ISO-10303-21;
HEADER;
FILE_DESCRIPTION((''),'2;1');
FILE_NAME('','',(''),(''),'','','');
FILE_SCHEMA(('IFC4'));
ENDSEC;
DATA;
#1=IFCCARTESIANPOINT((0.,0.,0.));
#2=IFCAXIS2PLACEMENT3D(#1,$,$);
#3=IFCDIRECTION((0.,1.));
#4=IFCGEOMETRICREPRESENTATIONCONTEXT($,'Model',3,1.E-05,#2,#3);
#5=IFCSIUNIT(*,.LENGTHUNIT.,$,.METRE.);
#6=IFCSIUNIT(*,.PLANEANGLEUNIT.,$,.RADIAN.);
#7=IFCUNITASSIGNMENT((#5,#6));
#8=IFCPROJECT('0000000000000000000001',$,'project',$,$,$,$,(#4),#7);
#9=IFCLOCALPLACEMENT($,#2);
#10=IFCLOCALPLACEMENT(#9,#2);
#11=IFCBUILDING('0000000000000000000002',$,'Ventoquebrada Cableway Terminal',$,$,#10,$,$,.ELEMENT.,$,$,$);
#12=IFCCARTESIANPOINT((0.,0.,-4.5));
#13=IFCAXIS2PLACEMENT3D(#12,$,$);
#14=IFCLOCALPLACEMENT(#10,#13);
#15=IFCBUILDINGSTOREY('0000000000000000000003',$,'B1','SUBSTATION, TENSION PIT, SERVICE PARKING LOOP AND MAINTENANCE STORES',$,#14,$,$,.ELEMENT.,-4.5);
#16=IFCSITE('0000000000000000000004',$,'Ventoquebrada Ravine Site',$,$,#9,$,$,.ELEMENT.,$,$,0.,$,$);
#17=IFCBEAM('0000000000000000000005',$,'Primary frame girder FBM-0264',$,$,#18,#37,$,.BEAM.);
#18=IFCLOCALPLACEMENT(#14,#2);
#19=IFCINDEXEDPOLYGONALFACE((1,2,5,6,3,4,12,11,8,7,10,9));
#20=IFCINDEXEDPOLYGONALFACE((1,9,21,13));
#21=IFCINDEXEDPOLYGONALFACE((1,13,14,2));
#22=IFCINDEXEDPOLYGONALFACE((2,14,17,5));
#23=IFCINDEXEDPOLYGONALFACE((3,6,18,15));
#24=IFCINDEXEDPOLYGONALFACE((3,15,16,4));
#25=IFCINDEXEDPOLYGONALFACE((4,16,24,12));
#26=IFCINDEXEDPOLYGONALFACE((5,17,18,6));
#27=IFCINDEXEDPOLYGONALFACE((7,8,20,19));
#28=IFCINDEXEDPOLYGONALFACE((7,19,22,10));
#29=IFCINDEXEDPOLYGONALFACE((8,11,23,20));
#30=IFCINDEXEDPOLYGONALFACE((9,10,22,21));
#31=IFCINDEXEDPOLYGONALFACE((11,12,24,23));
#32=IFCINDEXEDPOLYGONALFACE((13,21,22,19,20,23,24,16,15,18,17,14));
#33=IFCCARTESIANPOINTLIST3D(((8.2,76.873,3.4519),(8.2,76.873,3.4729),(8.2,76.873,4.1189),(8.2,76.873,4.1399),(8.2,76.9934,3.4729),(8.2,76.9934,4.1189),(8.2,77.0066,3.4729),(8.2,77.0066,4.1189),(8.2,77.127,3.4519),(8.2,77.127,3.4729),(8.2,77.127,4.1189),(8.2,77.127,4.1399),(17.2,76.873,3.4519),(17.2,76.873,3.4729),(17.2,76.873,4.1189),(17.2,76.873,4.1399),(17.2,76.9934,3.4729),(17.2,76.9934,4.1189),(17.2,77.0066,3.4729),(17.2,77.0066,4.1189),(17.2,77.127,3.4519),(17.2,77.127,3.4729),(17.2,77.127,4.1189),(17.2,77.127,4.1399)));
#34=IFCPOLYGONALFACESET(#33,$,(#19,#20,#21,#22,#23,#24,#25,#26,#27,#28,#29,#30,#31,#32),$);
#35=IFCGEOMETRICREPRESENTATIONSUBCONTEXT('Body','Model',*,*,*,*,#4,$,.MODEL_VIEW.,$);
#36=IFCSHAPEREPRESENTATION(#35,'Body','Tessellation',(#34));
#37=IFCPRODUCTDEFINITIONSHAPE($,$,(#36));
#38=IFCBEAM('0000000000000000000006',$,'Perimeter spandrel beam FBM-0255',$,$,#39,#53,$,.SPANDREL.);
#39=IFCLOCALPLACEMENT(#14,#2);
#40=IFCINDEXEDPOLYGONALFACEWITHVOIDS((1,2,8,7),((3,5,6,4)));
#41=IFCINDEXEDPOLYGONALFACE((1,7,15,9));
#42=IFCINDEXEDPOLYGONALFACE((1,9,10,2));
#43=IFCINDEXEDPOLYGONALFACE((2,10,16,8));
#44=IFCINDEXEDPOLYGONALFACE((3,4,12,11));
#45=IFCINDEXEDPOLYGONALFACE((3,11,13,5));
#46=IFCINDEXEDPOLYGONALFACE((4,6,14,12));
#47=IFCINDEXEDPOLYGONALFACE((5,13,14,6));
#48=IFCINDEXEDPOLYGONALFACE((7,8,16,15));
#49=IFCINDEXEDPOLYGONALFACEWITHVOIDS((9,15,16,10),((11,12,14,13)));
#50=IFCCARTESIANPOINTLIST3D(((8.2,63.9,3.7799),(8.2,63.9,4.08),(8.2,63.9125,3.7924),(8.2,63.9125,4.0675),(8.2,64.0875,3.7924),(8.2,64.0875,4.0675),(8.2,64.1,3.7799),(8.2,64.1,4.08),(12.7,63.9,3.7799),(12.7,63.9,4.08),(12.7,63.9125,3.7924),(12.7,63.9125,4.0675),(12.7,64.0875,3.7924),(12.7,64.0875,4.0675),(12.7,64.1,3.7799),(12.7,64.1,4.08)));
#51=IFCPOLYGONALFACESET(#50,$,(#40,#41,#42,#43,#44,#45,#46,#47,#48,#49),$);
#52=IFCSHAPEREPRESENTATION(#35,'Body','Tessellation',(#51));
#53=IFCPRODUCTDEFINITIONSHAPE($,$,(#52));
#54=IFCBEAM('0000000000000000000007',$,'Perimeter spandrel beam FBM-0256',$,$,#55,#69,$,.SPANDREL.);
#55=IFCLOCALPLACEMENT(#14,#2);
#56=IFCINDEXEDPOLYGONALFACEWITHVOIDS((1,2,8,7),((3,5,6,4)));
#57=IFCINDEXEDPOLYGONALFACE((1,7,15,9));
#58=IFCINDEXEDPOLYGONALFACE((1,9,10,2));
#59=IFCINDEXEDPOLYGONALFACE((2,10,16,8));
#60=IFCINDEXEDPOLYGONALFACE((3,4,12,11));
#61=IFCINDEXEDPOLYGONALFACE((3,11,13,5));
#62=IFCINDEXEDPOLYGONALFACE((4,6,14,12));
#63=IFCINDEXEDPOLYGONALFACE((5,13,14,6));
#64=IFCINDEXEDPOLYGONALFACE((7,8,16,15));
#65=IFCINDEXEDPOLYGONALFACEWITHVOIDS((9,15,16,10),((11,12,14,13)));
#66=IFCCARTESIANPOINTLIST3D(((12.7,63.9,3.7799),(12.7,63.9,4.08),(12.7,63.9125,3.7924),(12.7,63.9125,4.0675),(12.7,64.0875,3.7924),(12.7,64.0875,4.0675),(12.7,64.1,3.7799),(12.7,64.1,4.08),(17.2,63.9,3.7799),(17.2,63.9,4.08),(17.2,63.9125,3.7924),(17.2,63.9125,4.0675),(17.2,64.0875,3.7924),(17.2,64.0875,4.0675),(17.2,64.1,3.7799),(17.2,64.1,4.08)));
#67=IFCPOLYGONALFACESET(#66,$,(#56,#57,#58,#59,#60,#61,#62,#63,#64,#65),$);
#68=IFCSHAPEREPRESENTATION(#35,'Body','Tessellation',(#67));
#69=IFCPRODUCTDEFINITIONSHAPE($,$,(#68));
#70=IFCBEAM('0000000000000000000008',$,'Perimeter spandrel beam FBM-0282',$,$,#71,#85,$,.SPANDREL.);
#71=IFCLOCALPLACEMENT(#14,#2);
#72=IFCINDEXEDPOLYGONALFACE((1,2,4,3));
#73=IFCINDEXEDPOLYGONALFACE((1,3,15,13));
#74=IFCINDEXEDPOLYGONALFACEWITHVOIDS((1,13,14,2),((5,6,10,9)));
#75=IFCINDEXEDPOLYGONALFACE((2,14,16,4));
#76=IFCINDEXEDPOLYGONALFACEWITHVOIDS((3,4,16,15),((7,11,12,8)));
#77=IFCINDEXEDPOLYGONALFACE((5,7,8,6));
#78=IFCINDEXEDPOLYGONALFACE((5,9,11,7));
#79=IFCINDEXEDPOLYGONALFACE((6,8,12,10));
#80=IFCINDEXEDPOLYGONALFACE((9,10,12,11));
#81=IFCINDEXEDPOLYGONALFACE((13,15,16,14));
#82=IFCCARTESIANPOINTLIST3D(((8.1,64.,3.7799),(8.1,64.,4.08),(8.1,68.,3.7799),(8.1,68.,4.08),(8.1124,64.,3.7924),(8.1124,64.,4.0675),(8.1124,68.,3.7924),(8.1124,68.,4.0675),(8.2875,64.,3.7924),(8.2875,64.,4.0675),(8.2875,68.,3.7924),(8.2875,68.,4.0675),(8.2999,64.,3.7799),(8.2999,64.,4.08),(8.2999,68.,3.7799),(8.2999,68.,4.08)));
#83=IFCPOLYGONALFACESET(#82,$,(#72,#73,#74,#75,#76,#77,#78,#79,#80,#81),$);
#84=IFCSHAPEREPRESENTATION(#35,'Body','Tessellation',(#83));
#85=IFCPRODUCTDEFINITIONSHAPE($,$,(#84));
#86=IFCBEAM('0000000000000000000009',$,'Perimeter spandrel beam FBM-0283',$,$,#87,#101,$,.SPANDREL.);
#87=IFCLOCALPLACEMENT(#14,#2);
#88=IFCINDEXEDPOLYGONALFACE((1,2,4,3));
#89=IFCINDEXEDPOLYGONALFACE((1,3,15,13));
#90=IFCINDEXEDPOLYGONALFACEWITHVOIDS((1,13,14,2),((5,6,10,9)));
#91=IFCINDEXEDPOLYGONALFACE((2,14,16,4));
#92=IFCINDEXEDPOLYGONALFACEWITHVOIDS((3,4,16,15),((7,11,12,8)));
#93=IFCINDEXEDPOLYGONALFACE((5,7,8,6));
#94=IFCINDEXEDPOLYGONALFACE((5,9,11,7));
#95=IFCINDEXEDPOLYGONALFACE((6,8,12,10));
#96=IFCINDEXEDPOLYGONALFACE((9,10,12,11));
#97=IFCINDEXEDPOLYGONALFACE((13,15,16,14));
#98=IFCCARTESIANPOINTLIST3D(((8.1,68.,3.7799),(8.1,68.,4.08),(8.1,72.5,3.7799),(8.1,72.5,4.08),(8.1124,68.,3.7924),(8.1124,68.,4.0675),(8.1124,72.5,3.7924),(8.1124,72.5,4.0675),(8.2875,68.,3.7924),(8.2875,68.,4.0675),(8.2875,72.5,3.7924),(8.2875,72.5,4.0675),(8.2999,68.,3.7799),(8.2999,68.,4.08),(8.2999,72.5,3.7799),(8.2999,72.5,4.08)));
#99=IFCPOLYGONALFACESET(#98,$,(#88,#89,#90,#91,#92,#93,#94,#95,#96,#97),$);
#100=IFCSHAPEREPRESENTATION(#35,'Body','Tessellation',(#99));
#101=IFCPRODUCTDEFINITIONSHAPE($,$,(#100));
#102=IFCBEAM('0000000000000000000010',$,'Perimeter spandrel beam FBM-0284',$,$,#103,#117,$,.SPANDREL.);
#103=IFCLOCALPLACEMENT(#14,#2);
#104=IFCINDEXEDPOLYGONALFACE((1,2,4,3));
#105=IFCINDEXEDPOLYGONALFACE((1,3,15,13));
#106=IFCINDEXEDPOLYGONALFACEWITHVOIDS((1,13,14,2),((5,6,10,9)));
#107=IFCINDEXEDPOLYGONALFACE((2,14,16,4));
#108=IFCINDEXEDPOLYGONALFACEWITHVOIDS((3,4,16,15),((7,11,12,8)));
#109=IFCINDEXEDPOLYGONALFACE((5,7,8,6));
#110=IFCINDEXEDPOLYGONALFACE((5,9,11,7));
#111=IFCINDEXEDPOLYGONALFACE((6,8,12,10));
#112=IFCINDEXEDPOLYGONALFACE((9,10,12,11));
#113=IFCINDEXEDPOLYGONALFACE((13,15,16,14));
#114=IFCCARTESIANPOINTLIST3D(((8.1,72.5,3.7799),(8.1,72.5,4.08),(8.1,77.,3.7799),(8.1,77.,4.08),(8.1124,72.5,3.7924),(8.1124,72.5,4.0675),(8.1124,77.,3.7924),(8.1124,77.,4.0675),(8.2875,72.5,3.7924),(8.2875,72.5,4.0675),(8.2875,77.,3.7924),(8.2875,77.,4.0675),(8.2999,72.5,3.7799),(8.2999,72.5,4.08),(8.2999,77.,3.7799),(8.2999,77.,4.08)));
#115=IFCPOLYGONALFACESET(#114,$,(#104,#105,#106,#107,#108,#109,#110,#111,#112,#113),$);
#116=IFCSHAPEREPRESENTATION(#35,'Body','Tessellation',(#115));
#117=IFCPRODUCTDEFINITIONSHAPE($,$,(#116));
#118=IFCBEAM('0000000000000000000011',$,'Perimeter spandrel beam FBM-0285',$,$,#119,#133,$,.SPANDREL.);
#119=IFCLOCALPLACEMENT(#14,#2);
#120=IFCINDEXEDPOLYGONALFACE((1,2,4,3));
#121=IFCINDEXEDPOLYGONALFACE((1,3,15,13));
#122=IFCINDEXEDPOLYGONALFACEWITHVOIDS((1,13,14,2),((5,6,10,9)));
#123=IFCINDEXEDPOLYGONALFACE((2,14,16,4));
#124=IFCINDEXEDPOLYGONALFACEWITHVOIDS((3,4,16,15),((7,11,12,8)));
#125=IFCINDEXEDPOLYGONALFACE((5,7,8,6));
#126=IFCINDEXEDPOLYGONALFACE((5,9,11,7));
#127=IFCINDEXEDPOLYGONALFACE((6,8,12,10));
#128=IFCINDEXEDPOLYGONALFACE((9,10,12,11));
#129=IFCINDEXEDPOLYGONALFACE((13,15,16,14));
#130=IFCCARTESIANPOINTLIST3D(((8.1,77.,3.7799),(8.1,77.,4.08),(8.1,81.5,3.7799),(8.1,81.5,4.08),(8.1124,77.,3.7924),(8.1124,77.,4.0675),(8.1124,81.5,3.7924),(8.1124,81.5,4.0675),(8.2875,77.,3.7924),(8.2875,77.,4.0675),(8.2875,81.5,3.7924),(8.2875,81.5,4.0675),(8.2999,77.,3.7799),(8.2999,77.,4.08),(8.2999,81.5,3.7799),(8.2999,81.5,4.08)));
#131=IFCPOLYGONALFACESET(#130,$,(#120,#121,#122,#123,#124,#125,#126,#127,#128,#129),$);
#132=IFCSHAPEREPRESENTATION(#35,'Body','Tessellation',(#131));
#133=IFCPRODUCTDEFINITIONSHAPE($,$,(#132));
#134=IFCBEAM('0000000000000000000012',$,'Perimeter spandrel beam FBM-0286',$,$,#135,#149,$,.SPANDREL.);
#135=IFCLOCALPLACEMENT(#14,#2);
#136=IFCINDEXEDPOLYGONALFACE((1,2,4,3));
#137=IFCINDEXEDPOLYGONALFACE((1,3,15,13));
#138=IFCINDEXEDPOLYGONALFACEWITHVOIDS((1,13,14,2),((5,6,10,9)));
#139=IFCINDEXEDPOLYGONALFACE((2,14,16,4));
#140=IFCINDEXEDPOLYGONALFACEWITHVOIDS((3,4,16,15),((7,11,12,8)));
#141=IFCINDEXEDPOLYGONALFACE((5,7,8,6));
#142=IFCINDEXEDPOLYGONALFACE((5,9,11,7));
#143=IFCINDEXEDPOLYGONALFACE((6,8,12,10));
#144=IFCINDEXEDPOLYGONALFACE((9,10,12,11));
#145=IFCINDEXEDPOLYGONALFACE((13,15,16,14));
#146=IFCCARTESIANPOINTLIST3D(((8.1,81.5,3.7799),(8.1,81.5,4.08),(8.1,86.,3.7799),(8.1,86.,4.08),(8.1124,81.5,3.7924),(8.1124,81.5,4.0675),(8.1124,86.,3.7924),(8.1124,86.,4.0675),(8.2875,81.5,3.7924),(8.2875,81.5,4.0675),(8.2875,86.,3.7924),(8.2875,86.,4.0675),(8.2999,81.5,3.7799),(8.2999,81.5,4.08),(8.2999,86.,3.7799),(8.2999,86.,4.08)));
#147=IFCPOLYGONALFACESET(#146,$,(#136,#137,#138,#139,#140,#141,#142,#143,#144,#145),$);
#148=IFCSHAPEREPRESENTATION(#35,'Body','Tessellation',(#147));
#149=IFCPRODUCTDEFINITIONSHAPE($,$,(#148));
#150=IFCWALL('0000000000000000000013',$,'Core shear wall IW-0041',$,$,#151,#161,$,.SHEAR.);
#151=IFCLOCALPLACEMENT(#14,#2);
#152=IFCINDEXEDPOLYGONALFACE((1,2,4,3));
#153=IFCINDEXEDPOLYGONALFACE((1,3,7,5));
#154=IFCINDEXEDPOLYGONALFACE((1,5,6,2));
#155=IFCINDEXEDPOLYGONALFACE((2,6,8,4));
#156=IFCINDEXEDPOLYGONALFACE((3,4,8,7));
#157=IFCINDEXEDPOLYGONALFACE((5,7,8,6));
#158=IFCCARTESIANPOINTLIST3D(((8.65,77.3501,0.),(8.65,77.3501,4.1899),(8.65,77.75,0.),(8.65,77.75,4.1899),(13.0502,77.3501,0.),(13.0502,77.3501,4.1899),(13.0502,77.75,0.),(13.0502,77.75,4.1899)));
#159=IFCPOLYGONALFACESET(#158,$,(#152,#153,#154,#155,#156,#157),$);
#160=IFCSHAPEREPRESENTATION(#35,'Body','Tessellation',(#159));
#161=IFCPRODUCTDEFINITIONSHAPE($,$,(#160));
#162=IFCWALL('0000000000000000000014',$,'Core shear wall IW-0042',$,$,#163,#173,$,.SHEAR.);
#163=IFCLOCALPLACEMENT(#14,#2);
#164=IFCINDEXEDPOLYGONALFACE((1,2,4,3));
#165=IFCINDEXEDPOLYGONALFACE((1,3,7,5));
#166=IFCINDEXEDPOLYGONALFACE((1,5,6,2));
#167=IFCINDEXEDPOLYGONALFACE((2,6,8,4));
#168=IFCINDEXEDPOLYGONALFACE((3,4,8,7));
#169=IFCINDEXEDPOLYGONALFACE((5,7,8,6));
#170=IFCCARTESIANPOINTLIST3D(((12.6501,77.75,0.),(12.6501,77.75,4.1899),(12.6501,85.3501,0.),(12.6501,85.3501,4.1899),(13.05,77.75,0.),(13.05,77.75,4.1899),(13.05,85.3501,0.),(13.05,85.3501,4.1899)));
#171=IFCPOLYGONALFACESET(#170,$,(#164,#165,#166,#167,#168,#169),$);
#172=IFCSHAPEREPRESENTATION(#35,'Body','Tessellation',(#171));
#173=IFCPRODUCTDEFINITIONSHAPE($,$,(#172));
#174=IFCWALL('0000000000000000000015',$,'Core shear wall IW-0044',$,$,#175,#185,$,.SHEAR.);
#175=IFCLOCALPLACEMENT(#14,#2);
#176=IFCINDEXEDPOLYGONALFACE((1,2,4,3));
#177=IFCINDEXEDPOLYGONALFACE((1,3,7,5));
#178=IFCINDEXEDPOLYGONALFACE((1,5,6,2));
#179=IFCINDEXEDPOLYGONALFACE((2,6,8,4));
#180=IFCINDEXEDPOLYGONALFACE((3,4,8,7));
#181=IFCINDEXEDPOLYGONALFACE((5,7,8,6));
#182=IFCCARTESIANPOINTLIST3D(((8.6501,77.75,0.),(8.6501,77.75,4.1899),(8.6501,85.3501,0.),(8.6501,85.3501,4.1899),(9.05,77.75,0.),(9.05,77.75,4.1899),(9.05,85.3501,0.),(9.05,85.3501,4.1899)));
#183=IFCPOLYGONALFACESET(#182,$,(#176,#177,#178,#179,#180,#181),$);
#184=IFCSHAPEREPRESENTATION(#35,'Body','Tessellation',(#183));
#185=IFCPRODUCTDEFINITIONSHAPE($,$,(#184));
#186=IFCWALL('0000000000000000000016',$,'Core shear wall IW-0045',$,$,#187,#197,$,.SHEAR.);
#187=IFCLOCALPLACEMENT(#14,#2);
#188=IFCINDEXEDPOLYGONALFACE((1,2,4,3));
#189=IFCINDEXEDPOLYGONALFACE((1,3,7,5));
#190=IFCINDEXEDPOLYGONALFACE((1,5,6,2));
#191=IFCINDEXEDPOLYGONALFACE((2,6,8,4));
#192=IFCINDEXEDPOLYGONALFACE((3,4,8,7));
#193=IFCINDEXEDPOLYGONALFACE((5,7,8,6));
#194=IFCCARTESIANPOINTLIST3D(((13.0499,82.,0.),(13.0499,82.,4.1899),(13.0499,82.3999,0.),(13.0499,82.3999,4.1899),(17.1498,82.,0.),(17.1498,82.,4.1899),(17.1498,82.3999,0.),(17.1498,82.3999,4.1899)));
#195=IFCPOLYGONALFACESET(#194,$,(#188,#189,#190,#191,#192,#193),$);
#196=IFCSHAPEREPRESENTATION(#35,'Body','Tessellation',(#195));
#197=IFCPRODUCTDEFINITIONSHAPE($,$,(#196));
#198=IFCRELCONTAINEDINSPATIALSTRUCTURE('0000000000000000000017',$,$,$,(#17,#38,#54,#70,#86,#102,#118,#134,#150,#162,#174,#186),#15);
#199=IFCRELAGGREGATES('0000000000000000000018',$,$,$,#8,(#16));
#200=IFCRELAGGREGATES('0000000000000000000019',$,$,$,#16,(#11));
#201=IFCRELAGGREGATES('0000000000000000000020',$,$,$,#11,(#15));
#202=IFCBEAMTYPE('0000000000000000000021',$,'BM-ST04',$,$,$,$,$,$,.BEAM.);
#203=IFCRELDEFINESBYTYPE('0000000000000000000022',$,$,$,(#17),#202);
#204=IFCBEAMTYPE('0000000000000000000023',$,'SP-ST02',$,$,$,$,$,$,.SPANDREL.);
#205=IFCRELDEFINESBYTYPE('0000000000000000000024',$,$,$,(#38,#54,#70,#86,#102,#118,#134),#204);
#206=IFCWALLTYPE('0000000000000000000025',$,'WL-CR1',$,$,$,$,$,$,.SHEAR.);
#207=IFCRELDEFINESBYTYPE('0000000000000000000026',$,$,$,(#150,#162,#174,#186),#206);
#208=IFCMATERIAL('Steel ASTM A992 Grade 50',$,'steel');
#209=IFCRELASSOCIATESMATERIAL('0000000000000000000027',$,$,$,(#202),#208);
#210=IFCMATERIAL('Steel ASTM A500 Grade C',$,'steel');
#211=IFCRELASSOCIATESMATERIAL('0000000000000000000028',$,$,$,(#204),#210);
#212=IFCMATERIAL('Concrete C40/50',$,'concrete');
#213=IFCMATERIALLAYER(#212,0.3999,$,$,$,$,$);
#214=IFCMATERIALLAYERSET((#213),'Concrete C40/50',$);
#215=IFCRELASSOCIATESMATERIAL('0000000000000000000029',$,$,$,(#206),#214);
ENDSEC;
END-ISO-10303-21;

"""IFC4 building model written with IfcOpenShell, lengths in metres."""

from ifc_helpers import new_model, si_unit, direction, frame, frame_2d, origin, origin_2d, place, context, subcontext, project, spatial, rectangle, hollow_rectangle, i_section, extrude, material, layer, layer_set, material_profile, profile_set, type_object, element, save


model = new_model("IFC4")

# Units and contexts
model_context = context("Model", 3, precision=1e-05, world=origin(), true_north=direction((0.0, 1.0)))
body_context = subcontext(model_context, "Body", "Model", "MODEL_VIEW")
ifc_project = project(units=[si_unit("LENGTHUNIT", "METRE"), si_unit("PLANEANGLEUNIT", "RADIAN")], contexts=[model_context])

# Site, building, storey
site_placement = place(None, origin())
site = spatial("IfcSite", under=ifc_project, at=site_placement, Name="Ventoquebrada Ravine Site", CompositionType="ELEMENT", RefElevation=0.0)
building_placement = place(site_placement, origin())
building = spatial("IfcBuilding", under=site, at=building_placement, Name="Ventoquebrada Cableway Terminal", CompositionType="ELEMENT")
storey_placement = place(building_placement, frame((0.0, 0.0, -4.5)))
storey = spatial("IfcBuildingStorey", under=building, at=storey_placement, Name="B1", Description="SUBSTATION, TENSION PIT, SERVICE PARKING LOOP AND MAINTENANCE STORES", CompositionType="ELEMENT", Elevation=-4.5)

# Shared definitions
ifc_material_1 = material(Name="Concrete C40/50", Category="concrete")

# Beams
ifc_material_2 = material(Name="Steel ASTM A992 Grade 50", Category="steel")
ifc_material_profile_1 = material_profile(ifc_material_2, i_section(OverallWidth=0.2539, OverallDepth=0.688, WebThickness=0.0132, FlangeThickness=0.021, at=origin_2d()), Name="W27X102")
ifc_profile_set_1 = profile_set([ifc_material_profile_1], Name="Steel ASTM A992 Grade 50")
beam_type_1 = type_object("IfcBeamType", Name="BM-ST04", PredefinedType="BEAM", material=ifc_profile_set_1)
for number, where, z_axis, x_axis, name in (
    (1, (8.2, 77.0, 3.7959), (1.0, 0.0, 0.0), (0.0, 1.0, 0.0), "Primary frame girder FBM-0264"),
):
    element("IfcBeam", number, at=place(storey_placement, frame(where, z_axis=z_axis, x_axis=x_axis)), inside=storey, type_object=beam_type_1, Name=name, PredefinedType="BEAM", context=body_context, shape_type="SweptSolid", body=[
        extrude(i_section(OverallWidth=0.2539, OverallDepth=0.688, WebThickness=0.0132, FlangeThickness=0.021, at=origin_2d()), origin(), (0.0, 0.0, 1.0), 9.0),
    ])
ifc_material_3 = material(Name="Steel ASTM A500 Grade C", Category="steel")
ifc_material_profile_2 = material_profile(ifc_material_3, hollow_rectangle(XDim=0.2, YDim=0.3, WallThickness=0.0125, at=origin_2d()), Name="RHS300X200X12.5")
ifc_profile_set_2 = profile_set([ifc_material_profile_2], Name="Steel ASTM A500 Grade C")
beam_type_2 = type_object("IfcBeamType", Name="SP-ST02", PredefinedType="SPANDREL", material=ifc_profile_set_2)
for number, where, z_axis, x_axis, name in (
    (2, (8.2, 64.0, 3.9299), (1.0, 0.0, 0.0), (0.0, 1.0, 0.0), "Perimeter spandrel beam FBM-0255"),
    (3, (12.7, 64.0, 3.9299), (1.0, 0.0, 0.0), (0.0, 1.0, 0.0), "Perimeter spandrel beam FBM-0256"),
):
    element("IfcBeam", number, at=place(storey_placement, frame(where, z_axis=z_axis, x_axis=x_axis)), inside=storey, type_object=beam_type_2, Name=name, PredefinedType="SPANDREL", context=body_context, shape_type="SweptSolid", body=[
        extrude(hollow_rectangle(XDim=0.2, YDim=0.3, WallThickness=0.0125, at=origin_2d()), origin(), (0.0, 0.0, 1.0), 4.5),
    ])
beam_placement = place(storey_placement, frame((8.2, 64.0, 3.9299), z_axis=(0.0, 1.0, 0.0), x_axis=(-1.0, 0.0, 0.0)))
element("IfcBeam", 4, at=beam_placement, inside=storey, type_object=beam_type_2, Name="Perimeter spandrel beam FBM-0282", PredefinedType="SPANDREL", context=body_context, shape_type="SweptSolid", body=[
    extrude(hollow_rectangle(XDim=0.2, YDim=0.3, WallThickness=0.0125, at=origin_2d()), origin(), (0.0, 0.0, 1.0), 4.0),
])
for number, where, z_axis, x_axis, name in (
    (5, (8.2, 68.0, 3.9299), (0.0, 1.0, 0.0), (-1.0, 0.0, 0.0), "Perimeter spandrel beam FBM-0283"),
    (6, (8.2, 72.5, 3.9299), (0.0, 1.0, 0.0), (-1.0, 0.0, 0.0), "Perimeter spandrel beam FBM-0284"),
    (7, (8.2, 77.0, 3.9299), (0.0, 1.0, 0.0), (-1.0, 0.0, 0.0), "Perimeter spandrel beam FBM-0285"),
    (8, (8.2, 81.5, 3.9299), (0.0, 1.0, 0.0), (-1.0, 0.0, 0.0), "Perimeter spandrel beam FBM-0286"),
):
    element("IfcBeam", number, at=place(storey_placement, frame(where, z_axis=z_axis, x_axis=x_axis)), inside=storey, type_object=beam_type_2, Name=name, PredefinedType="SPANDREL", context=body_context, shape_type="SweptSolid", body=[
        extrude(hollow_rectangle(XDim=0.2, YDim=0.3, WallThickness=0.0125, at=origin_2d()), origin(), (0.0, 0.0, 1.0), 4.5),
    ])

# Walls
ifc_layer = layer(ifc_material_1, 0.3999)
ifc_layer_set = layer_set([ifc_layer], Name="Concrete C40/50")
wall_type = type_object("IfcWallType", Name="WL-CR1", PredefinedType="SHEAR", material=ifc_layer_set)
wall_1_placement = place(storey_placement, frame((8.6499, 77.55, 0.0), z_axis=(0.0, 0.0, 1.0), x_axis=(1.0, 0.0, 0.0)))
element("IfcWall", 9, at=wall_1_placement, inside=storey, type_object=wall_type, Name="Core shear wall IW-0041", PredefinedType="SHEAR", context=body_context, shape_type="SweptSolid", body=[
    extrude(rectangle(XDim=4.4001, YDim=0.3999, at=frame_2d((2.2002, 0.0))), origin(), (0.0, 0.0, 1.0), 4.1899),
])
for number, where, z_axis, x_axis, name in (
    (10, (12.8501, 77.75, 0.0), (0.0, 0.0, 1.0), (0.0, 1.0, 0.0), "Core shear wall IW-0042"),
    (11, (8.8501, 85.3501, 0.0), (0.0, 0.0, 1.0), (0.0, -1.0, 0.0), "Core shear wall IW-0044"),
):
    element("IfcWall", number, at=place(storey_placement, frame(where, z_axis=z_axis, x_axis=x_axis)), inside=storey, type_object=wall_type, Name=name, PredefinedType="SHEAR", context=body_context, shape_type="SweptSolid", body=[
        extrude(rectangle(XDim=7.6001, YDim=0.3999, at=frame_2d((3.8, 0.0))), origin(), (0.0, 0.0, 1.0), 4.1899),
    ])
wall_2_placement = place(storey_placement, frame((13.05, 82.2, 0.0), z_axis=(0.0, 0.0, 1.0), x_axis=(1.0, 0.0, 0.0)))
element("IfcWall", 12, at=wall_2_placement, inside=storey, type_object=wall_type, Name="Core shear wall IW-0045", PredefinedType="SHEAR", context=body_context, shape_type="SweptSolid", body=[
    extrude(rectangle(XDim=4.0999, YDim=0.3999, at=frame_2d((2.0498, 0.0))), origin(), (0.0, 0.0, 1.0), 4.1899),
])

save(model, "model.ifc")
